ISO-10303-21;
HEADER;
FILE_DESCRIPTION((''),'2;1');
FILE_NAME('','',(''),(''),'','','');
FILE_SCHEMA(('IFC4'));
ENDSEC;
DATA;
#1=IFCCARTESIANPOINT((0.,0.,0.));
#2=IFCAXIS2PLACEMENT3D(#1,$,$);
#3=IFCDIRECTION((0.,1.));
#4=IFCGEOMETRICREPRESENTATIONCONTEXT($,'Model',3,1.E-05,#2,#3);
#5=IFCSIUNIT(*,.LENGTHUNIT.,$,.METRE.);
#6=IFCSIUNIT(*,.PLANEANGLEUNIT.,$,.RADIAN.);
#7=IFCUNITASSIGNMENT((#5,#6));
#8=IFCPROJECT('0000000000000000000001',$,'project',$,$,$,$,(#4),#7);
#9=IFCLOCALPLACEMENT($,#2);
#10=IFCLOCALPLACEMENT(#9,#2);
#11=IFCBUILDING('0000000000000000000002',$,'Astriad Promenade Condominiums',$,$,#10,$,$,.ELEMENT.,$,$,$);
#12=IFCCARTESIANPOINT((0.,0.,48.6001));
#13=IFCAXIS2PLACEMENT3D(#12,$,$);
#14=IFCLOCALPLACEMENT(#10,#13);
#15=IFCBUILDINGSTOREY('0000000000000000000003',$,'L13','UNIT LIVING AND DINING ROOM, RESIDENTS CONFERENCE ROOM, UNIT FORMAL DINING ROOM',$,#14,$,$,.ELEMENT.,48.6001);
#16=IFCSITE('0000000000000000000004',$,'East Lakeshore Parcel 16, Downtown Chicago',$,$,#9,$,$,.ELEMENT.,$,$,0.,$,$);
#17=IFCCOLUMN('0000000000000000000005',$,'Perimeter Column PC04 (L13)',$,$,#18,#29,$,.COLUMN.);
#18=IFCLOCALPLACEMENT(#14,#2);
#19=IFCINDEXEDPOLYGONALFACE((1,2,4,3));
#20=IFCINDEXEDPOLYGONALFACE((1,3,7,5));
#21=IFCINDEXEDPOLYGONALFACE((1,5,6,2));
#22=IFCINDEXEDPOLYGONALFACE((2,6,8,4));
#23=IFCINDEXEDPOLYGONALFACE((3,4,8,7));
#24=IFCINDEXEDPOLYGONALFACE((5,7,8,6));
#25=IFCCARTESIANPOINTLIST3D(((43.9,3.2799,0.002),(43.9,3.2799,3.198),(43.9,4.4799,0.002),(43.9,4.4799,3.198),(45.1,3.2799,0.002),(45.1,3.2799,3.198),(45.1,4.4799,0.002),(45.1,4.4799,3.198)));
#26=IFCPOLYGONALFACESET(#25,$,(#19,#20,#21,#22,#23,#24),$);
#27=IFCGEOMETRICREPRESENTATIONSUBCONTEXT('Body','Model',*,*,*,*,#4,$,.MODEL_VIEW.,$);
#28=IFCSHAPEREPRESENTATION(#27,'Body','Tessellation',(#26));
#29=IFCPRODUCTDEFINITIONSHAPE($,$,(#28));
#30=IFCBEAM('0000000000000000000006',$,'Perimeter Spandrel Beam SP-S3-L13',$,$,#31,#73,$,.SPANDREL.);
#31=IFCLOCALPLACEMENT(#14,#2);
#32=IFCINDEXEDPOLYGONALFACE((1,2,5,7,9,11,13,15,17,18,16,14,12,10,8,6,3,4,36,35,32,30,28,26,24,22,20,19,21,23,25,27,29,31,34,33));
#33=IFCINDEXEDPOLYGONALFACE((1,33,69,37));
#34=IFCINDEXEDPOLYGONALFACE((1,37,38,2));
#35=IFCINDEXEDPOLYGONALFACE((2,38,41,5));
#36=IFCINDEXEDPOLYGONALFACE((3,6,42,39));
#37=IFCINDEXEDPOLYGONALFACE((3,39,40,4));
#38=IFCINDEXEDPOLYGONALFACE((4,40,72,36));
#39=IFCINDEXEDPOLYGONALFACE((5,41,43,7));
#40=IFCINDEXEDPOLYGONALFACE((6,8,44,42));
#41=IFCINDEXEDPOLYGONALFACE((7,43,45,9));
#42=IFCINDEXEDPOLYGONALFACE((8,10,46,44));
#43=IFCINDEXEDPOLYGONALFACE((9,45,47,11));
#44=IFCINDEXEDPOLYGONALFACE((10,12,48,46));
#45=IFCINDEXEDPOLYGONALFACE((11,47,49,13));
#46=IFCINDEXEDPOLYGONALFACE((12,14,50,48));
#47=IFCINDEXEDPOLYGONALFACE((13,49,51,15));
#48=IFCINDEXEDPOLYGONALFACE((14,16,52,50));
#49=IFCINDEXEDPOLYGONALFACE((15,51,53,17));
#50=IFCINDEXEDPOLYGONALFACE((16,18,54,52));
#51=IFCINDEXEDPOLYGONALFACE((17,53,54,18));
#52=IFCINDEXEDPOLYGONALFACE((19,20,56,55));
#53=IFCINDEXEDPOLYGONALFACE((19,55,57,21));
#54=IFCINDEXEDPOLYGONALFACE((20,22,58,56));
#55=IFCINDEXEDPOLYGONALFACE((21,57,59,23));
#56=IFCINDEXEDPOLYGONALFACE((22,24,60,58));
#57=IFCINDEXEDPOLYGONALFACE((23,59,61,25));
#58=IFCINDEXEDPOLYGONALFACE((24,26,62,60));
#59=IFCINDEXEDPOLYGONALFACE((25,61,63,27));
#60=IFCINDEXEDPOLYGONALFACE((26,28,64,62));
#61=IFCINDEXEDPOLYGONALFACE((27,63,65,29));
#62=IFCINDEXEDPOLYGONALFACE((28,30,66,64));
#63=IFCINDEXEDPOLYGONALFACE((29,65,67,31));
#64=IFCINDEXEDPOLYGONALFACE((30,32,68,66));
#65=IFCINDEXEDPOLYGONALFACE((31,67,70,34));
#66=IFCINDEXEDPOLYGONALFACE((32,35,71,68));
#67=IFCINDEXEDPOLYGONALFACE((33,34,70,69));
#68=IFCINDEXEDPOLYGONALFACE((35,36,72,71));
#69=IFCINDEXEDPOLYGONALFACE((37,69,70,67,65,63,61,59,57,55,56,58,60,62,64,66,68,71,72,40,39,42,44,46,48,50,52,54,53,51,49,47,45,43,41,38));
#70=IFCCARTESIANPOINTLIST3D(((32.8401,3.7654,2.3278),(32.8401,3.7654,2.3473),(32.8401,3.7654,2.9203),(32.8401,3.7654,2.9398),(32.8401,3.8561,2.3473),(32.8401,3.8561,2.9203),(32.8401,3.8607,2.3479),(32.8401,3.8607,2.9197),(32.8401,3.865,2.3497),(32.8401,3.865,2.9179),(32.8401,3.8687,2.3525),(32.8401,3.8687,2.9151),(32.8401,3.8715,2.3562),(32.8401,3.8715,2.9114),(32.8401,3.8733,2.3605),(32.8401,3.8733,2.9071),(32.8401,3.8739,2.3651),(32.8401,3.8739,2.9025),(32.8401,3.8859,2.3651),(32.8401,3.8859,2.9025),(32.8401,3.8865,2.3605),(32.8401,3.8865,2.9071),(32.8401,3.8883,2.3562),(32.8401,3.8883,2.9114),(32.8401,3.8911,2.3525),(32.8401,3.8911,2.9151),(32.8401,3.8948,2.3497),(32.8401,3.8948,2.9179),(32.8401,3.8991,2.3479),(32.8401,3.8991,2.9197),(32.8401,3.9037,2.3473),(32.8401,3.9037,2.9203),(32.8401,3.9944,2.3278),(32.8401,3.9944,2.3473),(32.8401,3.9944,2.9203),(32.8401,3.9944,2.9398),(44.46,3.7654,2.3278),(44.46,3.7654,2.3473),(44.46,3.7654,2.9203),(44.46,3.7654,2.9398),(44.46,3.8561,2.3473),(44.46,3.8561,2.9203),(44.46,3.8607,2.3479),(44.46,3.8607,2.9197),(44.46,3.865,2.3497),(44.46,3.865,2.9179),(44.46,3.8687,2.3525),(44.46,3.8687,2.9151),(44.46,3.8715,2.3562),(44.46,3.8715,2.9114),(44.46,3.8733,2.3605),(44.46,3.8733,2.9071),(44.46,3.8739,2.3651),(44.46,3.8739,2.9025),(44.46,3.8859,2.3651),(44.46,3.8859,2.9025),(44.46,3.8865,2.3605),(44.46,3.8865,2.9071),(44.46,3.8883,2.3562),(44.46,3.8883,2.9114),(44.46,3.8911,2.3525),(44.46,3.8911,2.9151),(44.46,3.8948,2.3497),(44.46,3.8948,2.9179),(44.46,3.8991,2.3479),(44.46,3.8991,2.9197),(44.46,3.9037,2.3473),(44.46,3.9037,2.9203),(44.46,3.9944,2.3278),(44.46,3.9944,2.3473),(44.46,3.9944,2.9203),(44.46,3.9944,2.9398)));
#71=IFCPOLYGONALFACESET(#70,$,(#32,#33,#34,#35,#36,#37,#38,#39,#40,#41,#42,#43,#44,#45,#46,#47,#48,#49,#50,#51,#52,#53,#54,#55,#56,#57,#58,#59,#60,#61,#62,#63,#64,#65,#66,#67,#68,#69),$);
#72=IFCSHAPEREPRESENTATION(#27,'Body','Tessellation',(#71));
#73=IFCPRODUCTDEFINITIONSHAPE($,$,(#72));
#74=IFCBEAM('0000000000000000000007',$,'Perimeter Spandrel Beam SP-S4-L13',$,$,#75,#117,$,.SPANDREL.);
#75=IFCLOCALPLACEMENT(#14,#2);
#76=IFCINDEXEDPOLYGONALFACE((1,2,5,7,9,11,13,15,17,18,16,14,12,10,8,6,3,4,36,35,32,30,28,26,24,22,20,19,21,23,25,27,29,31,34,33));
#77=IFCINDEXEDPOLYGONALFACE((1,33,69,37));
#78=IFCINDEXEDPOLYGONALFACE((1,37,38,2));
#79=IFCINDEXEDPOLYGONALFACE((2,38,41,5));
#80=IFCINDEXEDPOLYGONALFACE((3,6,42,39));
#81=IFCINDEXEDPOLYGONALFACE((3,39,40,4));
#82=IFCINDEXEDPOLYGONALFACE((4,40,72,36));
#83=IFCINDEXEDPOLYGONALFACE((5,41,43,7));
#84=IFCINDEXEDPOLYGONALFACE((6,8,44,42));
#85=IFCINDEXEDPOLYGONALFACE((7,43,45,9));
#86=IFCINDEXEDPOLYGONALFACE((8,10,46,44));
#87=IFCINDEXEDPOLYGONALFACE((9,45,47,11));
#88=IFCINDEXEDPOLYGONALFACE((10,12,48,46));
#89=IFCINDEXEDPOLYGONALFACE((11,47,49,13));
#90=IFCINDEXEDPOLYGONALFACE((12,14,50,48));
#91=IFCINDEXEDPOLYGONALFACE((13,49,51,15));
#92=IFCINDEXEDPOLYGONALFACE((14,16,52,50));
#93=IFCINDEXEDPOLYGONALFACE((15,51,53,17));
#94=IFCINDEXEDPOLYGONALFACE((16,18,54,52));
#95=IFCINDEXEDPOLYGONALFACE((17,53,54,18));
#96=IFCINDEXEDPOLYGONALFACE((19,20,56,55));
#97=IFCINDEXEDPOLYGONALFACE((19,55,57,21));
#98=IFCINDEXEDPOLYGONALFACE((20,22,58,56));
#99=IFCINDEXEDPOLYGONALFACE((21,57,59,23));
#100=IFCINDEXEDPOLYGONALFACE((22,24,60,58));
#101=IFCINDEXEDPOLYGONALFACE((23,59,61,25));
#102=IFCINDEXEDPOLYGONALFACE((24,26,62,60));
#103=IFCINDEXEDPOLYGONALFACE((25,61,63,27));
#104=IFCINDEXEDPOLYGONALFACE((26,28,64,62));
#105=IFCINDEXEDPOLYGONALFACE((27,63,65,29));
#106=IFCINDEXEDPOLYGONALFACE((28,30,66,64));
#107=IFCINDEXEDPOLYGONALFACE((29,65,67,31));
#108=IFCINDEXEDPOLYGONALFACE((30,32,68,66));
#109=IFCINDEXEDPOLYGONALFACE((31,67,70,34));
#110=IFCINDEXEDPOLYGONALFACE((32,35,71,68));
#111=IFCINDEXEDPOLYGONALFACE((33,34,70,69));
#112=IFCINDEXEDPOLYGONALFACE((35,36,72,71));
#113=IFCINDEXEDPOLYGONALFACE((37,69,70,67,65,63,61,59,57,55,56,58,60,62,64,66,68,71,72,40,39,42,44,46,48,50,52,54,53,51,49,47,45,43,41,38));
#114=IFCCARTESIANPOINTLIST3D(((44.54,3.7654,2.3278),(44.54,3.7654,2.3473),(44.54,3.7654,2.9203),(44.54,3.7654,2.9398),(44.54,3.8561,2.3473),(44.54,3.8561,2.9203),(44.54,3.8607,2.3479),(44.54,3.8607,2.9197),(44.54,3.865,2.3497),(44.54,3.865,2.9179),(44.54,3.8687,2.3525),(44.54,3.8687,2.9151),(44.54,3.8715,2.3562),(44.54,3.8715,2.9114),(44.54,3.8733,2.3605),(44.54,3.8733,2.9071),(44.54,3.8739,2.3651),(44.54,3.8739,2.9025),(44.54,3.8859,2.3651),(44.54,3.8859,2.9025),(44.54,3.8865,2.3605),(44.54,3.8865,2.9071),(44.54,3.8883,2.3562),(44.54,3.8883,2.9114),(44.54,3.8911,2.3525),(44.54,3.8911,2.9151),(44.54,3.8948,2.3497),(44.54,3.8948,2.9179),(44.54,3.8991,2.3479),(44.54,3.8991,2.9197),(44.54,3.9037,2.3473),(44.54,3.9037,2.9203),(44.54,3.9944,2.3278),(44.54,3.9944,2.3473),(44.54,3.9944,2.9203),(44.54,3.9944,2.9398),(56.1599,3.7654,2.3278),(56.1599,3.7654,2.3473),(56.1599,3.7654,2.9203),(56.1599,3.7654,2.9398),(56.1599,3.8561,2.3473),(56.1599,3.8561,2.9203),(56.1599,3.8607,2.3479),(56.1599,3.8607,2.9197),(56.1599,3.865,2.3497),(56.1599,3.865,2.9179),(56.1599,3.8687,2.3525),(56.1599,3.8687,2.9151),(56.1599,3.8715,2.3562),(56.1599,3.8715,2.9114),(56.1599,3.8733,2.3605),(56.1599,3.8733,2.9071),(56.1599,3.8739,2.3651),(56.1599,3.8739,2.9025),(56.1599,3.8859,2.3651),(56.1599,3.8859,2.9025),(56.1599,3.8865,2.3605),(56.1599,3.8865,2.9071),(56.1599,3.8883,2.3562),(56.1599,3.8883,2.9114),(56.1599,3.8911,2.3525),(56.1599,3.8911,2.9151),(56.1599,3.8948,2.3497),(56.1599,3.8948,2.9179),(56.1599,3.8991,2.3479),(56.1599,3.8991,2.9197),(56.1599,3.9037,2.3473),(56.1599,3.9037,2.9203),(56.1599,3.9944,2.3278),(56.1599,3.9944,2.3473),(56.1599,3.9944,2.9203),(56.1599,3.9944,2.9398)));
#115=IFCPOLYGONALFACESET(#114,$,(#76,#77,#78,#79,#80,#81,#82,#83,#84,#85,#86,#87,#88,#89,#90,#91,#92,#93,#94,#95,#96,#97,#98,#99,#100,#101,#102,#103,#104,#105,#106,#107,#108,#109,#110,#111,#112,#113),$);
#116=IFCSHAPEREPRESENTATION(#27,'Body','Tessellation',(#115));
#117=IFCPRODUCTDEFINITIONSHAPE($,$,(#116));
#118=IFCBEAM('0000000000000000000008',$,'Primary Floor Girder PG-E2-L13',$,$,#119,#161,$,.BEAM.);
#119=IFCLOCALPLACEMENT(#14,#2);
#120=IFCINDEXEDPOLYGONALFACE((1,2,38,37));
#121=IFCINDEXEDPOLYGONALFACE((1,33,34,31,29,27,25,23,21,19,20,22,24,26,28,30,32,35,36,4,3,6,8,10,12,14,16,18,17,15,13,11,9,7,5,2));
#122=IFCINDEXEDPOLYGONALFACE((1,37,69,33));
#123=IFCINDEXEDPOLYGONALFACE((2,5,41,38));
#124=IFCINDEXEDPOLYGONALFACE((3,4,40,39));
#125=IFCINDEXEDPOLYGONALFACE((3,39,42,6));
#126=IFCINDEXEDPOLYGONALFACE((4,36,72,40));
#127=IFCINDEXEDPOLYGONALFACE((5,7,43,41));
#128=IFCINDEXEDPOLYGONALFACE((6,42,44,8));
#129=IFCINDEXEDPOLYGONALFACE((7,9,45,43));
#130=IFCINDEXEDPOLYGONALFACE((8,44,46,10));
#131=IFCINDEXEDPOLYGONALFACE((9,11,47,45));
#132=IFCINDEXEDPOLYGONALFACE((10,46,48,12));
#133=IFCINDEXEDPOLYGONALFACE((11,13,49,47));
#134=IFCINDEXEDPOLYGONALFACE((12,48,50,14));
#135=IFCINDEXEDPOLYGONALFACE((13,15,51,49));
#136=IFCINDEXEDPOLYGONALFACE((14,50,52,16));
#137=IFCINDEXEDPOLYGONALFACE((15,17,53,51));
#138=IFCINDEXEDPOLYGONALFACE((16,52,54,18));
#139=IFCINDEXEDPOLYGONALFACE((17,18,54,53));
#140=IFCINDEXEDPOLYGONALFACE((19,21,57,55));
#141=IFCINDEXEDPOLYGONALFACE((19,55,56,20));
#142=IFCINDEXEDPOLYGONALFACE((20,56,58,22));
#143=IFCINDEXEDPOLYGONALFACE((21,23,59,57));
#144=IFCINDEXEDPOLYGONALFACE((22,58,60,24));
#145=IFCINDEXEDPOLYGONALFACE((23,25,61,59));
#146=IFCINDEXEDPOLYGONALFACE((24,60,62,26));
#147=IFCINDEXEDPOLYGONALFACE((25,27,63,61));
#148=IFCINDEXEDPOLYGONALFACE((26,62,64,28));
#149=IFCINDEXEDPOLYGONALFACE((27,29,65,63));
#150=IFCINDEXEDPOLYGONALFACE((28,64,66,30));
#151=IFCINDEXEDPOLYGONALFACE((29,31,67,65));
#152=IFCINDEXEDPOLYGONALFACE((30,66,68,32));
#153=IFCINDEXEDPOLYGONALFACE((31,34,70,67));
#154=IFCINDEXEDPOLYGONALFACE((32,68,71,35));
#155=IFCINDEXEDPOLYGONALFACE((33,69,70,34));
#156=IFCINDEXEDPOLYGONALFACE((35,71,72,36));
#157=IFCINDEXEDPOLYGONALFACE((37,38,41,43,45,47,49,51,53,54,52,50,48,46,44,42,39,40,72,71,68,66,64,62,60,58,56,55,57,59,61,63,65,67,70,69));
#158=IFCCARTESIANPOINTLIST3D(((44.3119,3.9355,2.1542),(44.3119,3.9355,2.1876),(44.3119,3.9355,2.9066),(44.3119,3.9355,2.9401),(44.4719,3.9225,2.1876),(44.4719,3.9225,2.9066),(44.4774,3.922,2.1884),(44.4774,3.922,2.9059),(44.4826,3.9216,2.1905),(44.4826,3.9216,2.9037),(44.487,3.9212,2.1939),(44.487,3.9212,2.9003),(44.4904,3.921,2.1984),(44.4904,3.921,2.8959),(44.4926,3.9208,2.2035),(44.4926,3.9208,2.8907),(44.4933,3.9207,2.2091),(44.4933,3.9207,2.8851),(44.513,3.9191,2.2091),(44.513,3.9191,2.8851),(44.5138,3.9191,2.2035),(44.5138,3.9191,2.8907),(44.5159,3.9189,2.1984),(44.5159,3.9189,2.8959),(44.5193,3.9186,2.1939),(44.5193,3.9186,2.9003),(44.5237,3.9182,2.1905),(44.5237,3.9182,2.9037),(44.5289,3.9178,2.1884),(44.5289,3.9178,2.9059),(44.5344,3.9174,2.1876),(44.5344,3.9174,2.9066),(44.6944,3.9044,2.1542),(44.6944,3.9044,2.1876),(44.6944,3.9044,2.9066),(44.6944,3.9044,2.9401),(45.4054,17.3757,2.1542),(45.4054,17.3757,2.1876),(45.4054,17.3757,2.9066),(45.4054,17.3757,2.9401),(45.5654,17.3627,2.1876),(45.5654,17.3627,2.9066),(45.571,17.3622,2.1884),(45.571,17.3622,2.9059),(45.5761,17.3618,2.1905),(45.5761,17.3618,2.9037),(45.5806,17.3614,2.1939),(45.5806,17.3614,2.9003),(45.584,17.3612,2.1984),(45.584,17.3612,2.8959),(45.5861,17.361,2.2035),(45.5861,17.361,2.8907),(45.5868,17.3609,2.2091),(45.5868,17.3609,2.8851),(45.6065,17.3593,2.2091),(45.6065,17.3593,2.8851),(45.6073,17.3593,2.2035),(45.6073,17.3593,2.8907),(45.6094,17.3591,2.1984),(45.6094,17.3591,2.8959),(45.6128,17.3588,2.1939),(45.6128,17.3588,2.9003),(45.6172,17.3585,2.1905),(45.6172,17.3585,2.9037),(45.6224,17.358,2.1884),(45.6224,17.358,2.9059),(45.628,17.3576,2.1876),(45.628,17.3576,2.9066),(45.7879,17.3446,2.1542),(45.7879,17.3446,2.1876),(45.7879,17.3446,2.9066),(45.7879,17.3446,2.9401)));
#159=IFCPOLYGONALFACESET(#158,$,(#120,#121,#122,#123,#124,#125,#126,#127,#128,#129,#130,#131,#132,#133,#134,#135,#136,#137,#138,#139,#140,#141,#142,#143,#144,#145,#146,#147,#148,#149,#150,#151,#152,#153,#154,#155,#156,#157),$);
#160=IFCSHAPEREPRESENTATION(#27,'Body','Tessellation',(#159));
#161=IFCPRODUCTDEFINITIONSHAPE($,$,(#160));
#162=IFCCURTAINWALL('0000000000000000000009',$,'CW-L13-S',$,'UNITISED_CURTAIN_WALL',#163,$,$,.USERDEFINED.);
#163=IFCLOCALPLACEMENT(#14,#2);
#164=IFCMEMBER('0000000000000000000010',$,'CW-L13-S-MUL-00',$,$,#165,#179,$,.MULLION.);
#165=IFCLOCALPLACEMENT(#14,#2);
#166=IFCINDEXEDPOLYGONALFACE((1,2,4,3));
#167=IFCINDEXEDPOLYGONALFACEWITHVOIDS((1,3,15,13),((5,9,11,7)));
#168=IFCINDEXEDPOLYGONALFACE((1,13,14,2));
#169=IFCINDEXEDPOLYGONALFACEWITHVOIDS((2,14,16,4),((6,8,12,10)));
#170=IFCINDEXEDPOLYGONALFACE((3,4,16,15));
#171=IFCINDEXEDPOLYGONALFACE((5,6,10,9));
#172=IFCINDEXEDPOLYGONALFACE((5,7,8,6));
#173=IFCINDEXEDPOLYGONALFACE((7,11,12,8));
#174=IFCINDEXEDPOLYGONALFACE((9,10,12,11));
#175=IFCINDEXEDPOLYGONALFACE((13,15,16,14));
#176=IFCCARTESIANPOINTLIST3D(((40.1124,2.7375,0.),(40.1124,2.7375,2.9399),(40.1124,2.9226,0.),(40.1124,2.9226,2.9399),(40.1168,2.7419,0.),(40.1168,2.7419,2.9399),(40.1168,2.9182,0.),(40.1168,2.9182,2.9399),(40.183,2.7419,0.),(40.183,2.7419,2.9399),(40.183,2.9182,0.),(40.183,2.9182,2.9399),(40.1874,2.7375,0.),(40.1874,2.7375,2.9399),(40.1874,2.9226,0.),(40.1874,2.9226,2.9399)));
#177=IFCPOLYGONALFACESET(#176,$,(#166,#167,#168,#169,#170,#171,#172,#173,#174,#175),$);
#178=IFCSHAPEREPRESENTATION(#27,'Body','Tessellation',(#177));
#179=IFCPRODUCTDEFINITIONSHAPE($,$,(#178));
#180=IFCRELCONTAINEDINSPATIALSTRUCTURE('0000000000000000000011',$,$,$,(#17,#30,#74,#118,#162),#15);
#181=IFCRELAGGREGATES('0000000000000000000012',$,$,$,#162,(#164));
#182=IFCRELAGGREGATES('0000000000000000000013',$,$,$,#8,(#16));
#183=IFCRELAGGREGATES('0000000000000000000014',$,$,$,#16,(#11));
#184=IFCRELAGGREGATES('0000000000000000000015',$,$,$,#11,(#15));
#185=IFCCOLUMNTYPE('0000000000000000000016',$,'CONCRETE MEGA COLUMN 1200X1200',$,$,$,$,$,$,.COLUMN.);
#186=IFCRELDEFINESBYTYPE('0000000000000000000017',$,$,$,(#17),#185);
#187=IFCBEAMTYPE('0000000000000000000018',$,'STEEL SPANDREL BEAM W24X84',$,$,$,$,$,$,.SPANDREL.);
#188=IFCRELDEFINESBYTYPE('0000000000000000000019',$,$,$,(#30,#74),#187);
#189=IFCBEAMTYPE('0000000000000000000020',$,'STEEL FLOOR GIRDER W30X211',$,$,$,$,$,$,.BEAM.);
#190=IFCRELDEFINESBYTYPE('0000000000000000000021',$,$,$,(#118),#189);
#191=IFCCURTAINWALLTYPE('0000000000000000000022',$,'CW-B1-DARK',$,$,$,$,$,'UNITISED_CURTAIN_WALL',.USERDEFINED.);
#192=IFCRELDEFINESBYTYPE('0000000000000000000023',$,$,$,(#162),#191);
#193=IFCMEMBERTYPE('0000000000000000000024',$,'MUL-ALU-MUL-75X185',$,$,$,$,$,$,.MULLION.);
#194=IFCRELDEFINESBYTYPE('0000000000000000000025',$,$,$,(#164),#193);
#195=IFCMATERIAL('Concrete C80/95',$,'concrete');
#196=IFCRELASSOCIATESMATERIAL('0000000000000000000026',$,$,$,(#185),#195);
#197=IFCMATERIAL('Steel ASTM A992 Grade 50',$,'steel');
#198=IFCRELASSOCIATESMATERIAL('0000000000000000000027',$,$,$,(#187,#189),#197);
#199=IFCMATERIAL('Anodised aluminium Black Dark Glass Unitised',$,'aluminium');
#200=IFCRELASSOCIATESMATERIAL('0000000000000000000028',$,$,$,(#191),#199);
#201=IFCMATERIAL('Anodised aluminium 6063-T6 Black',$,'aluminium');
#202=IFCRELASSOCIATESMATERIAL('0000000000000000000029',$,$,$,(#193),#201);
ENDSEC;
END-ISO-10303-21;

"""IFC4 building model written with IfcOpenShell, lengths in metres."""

from ifc_helpers import new_model, si_unit, direction, frame, origin, origin_2d, place, context, subcontext, project, spatial, rectangle, hollow_rectangle, i_section, extrude, source, transform, mapped, material, material_profile, profile_set, type_object, type_shapes, element, aggregate, save


model = new_model("IFC4")

# Units and contexts
model_context = context("Model", 3, precision=1e-05, world=origin(), true_north=direction((0.0, 1.0)))
body_context = subcontext(model_context, "Body", "Model", "MODEL_VIEW")
ifc_project = project(units=[si_unit("LENGTHUNIT", "METRE"), si_unit("PLANEANGLEUNIT", "RADIAN")], contexts=[model_context])

# Site, building, storey
site_placement = place(None, origin())
site = spatial("IfcSite", under=ifc_project, at=site_placement, Name="East Lakeshore Parcel 16, Downtown Chicago", CompositionType="ELEMENT", RefElevation=0.0)
building_placement = place(site_placement, origin())
building = spatial("IfcBuilding", under=site, at=building_placement, Name="Astriad Promenade Condominiums", CompositionType="ELEMENT")
storey_placement = place(building_placement, frame((0.0, 0.0, 48.6001)))
storey = spatial("IfcBuildingStorey", under=building, at=storey_placement, Name="L13", Description="UNIT LIVING AND DINING ROOM, RESIDENTS CONFERENCE ROOM, UNIT FORMAL DINING ROOM", CompositionType="ELEMENT", Elevation=48.6001)

# Column
ifc_material_1 = material(Name="Concrete C80/95", Category="concrete")
ifc_material_profile_1 = material_profile(ifc_material_1, rectangle(XDim=1.2, YDim=1.2, at=origin_2d()), Name="RC-COL-1200X1200")
ifc_profile_set_1 = profile_set([ifc_material_profile_1], Name="Concrete C80/95")
column_type = type_object("IfcColumnType", Name="CONCRETE MEGA COLUMN 1200X1200", PredefinedType="COLUMN", material=ifc_profile_set_1)
shared_shape_1 = source(origin(), body_context, "Body", "SweptSolid", [
    extrude(rectangle(XDim=1.2, YDim=1.2, at=origin_2d()), origin(), (0.0, 0.0, 1.0), 3.196),
])
type_shapes(column_type, [shared_shape_1])
column_placement = place(storey_placement, frame((44.5, 3.8799, 0.002), z_axis=(0.0, 0.0, 1.0), x_axis=(1.0, 0.0, 0.0)))
element("IfcColumn", 1, at=column_placement, inside=storey, type_object=column_type, Name="Perimeter Column PC04 (L13)", PredefinedType="COLUMN", context=body_context, shape_type="MappedRepresentation", body=[
    mapped(shared_shape_1, transform((0.0, 0.0, 0.0), scale=1.0)),
])

# Beams
ifc_material_2 = material(Name="Steel ASTM A992 Grade 50", Category="steel")
ifc_material_profile_2 = material_profile(ifc_material_2, i_section(OverallWidth=0.229, OverallDepth=0.6121, WebThickness=0.012, FlangeThickness=0.0195, FilletRadius=0.0178, at=origin_2d()), Name="W24X84")
ifc_profile_set_2 = profile_set([ifc_material_profile_2], Name="Steel ASTM A992 Grade 50")
beam_type_1 = type_object("IfcBeamType", Name="STEEL SPANDREL BEAM W24X84", PredefinedType="SPANDREL", material=ifc_profile_set_2)
shared_shape_2 = source(origin(), body_context, "Body", "SweptSolid", [
    extrude(i_section(OverallWidth=0.229, OverallDepth=0.6121, WebThickness=0.012, FlangeThickness=0.0195, FilletRadius=0.0178, at=origin_2d()), origin(), (0.0, 0.0, 1.0), 11.6199),
])
type_shapes(beam_type_1, [shared_shape_2])
for number, where, z_axis, x_axis, name in (
    (2, (32.8401, 3.8799, 2.6338), (1.0, 0.0, 0.0), (0.0, 1.0, 0.0), "Perimeter Spandrel Beam SP-S3-L13"),
    (3, (44.54, 3.8799, 2.6338), (1.0, 0.0, 0.0), (0.0, 1.0, 0.0), "Perimeter Spandrel Beam SP-S4-L13"),
):
    element("IfcBeam", number, at=place(storey_placement, frame(where, z_axis=z_axis, x_axis=x_axis)), inside=storey, type_object=beam_type_1, Name=name, PredefinedType="SPANDREL", context=body_context, shape_type="MappedRepresentation", body=[
        mapped(shared_shape_2, transform((0.0, 0.0, 0.0), scale=1.0)),
    ])
ifc_material_profile_3 = material_profile(ifc_material_2, i_section(OverallWidth=0.3838, OverallDepth=0.7859, WebThickness=0.0198, FlangeThickness=0.0334, FilletRadius=0.0215, at=origin_2d()), Name="W30X211")
ifc_profile_set_3 = profile_set([ifc_material_profile_3], Name="Steel ASTM A992 Grade 50")
beam_type_2 = type_object("IfcBeamType", Name="STEEL FLOOR GIRDER W30X211", PredefinedType="BEAM", material=ifc_profile_set_3)
shared_shape_3 = source(origin(), body_context, "Body", "SweptSolid", [
    extrude(i_section(OverallWidth=0.3838, OverallDepth=0.7859, WebThickness=0.0198, FlangeThickness=0.0334, FilletRadius=0.0215, at=origin_2d()), origin(), (0.0, 0.0, 1.0), 13.4846),
])
type_shapes(beam_type_2, [shared_shape_3])
beam_placement = place(storey_placement, frame((44.5032, 3.9199, 2.5471), z_axis=(0.081093, 0.996707, 0.0), x_axis=(-0.996707, 0.081093, 0.0)))
element("IfcBeam", 4, at=beam_placement, inside=storey, type_object=beam_type_2, Name="Primary Floor Girder PG-E2-L13", PredefinedType="BEAM", context=body_context, shape_type="MappedRepresentation", body=[
    mapped(shared_shape_3, transform((0.0, 0.0, 0.0), scale=1.0)),
])

# Curtain wall, member
ifc_material_3 = material(Name="Anodised aluminium Black Dark Glass Unitised", Category="aluminium")
curtain_wall_type = type_object("IfcCurtainWallType", Name="CW-B1-DARK", ElementType="UNITISED_CURTAIN_WALL", PredefinedType="USERDEFINED", material=ifc_material_3)
curtain_wall_placement = place(storey_placement, origin())
curtain_wall = element("IfcCurtainWall", 5, at=curtain_wall_placement, inside=storey, type_object=curtain_wall_type, Name="CW-L13-S", ObjectType="UNITISED_CURTAIN_WALL", PredefinedType="USERDEFINED")
ifc_material_4 = material(Name="Anodised aluminium 6063-T6 Black", Category="aluminium")
ifc_material_profile_4 = material_profile(ifc_material_4, hollow_rectangle(XDim=0.075, YDim=0.1851, WallThickness=0.0044, at=origin_2d()), Name="ALU-MUL-75X185")
ifc_profile_set_4 = profile_set([ifc_material_profile_4], Name="Anodised aluminium 6063-T6 Black")
member_type_1 = type_object("IfcMemberType", Name="MUL-ALU-MUL-75X185", PredefinedType="MULLION", material=ifc_profile_set_4)
shared_shape_4 = source(origin(), body_context, "Body", "SweptSolid", [
    extrude(hollow_rectangle(XDim=0.075, YDim=0.1851, WallThickness=0.0044, at=origin_2d()), origin(), (0.0, 0.0, 1.0), 2.9399),
])
type_shapes(member_type_1, [shared_shape_4])
member_1_placement = place(storey_placement, frame((40.1499, 2.8301, 0.0), z_axis=(0.0, 0.0, 1.0), x_axis=(1.0, 0.0, 0.0)))
member_1 = element("IfcMember", 6, at=member_1_placement, type_object=member_type_1, Name="CW-L13-S-MUL-00", PredefinedType="MULLION", context=body_context, shape_type="MappedRepresentation", body=[
    mapped(shared_shape_4, transform((0.0, 0.0, 0.0), scale=1.0)),
])
aggregate(curtain_wall, [member_1])

save(model, "model.ifc")
